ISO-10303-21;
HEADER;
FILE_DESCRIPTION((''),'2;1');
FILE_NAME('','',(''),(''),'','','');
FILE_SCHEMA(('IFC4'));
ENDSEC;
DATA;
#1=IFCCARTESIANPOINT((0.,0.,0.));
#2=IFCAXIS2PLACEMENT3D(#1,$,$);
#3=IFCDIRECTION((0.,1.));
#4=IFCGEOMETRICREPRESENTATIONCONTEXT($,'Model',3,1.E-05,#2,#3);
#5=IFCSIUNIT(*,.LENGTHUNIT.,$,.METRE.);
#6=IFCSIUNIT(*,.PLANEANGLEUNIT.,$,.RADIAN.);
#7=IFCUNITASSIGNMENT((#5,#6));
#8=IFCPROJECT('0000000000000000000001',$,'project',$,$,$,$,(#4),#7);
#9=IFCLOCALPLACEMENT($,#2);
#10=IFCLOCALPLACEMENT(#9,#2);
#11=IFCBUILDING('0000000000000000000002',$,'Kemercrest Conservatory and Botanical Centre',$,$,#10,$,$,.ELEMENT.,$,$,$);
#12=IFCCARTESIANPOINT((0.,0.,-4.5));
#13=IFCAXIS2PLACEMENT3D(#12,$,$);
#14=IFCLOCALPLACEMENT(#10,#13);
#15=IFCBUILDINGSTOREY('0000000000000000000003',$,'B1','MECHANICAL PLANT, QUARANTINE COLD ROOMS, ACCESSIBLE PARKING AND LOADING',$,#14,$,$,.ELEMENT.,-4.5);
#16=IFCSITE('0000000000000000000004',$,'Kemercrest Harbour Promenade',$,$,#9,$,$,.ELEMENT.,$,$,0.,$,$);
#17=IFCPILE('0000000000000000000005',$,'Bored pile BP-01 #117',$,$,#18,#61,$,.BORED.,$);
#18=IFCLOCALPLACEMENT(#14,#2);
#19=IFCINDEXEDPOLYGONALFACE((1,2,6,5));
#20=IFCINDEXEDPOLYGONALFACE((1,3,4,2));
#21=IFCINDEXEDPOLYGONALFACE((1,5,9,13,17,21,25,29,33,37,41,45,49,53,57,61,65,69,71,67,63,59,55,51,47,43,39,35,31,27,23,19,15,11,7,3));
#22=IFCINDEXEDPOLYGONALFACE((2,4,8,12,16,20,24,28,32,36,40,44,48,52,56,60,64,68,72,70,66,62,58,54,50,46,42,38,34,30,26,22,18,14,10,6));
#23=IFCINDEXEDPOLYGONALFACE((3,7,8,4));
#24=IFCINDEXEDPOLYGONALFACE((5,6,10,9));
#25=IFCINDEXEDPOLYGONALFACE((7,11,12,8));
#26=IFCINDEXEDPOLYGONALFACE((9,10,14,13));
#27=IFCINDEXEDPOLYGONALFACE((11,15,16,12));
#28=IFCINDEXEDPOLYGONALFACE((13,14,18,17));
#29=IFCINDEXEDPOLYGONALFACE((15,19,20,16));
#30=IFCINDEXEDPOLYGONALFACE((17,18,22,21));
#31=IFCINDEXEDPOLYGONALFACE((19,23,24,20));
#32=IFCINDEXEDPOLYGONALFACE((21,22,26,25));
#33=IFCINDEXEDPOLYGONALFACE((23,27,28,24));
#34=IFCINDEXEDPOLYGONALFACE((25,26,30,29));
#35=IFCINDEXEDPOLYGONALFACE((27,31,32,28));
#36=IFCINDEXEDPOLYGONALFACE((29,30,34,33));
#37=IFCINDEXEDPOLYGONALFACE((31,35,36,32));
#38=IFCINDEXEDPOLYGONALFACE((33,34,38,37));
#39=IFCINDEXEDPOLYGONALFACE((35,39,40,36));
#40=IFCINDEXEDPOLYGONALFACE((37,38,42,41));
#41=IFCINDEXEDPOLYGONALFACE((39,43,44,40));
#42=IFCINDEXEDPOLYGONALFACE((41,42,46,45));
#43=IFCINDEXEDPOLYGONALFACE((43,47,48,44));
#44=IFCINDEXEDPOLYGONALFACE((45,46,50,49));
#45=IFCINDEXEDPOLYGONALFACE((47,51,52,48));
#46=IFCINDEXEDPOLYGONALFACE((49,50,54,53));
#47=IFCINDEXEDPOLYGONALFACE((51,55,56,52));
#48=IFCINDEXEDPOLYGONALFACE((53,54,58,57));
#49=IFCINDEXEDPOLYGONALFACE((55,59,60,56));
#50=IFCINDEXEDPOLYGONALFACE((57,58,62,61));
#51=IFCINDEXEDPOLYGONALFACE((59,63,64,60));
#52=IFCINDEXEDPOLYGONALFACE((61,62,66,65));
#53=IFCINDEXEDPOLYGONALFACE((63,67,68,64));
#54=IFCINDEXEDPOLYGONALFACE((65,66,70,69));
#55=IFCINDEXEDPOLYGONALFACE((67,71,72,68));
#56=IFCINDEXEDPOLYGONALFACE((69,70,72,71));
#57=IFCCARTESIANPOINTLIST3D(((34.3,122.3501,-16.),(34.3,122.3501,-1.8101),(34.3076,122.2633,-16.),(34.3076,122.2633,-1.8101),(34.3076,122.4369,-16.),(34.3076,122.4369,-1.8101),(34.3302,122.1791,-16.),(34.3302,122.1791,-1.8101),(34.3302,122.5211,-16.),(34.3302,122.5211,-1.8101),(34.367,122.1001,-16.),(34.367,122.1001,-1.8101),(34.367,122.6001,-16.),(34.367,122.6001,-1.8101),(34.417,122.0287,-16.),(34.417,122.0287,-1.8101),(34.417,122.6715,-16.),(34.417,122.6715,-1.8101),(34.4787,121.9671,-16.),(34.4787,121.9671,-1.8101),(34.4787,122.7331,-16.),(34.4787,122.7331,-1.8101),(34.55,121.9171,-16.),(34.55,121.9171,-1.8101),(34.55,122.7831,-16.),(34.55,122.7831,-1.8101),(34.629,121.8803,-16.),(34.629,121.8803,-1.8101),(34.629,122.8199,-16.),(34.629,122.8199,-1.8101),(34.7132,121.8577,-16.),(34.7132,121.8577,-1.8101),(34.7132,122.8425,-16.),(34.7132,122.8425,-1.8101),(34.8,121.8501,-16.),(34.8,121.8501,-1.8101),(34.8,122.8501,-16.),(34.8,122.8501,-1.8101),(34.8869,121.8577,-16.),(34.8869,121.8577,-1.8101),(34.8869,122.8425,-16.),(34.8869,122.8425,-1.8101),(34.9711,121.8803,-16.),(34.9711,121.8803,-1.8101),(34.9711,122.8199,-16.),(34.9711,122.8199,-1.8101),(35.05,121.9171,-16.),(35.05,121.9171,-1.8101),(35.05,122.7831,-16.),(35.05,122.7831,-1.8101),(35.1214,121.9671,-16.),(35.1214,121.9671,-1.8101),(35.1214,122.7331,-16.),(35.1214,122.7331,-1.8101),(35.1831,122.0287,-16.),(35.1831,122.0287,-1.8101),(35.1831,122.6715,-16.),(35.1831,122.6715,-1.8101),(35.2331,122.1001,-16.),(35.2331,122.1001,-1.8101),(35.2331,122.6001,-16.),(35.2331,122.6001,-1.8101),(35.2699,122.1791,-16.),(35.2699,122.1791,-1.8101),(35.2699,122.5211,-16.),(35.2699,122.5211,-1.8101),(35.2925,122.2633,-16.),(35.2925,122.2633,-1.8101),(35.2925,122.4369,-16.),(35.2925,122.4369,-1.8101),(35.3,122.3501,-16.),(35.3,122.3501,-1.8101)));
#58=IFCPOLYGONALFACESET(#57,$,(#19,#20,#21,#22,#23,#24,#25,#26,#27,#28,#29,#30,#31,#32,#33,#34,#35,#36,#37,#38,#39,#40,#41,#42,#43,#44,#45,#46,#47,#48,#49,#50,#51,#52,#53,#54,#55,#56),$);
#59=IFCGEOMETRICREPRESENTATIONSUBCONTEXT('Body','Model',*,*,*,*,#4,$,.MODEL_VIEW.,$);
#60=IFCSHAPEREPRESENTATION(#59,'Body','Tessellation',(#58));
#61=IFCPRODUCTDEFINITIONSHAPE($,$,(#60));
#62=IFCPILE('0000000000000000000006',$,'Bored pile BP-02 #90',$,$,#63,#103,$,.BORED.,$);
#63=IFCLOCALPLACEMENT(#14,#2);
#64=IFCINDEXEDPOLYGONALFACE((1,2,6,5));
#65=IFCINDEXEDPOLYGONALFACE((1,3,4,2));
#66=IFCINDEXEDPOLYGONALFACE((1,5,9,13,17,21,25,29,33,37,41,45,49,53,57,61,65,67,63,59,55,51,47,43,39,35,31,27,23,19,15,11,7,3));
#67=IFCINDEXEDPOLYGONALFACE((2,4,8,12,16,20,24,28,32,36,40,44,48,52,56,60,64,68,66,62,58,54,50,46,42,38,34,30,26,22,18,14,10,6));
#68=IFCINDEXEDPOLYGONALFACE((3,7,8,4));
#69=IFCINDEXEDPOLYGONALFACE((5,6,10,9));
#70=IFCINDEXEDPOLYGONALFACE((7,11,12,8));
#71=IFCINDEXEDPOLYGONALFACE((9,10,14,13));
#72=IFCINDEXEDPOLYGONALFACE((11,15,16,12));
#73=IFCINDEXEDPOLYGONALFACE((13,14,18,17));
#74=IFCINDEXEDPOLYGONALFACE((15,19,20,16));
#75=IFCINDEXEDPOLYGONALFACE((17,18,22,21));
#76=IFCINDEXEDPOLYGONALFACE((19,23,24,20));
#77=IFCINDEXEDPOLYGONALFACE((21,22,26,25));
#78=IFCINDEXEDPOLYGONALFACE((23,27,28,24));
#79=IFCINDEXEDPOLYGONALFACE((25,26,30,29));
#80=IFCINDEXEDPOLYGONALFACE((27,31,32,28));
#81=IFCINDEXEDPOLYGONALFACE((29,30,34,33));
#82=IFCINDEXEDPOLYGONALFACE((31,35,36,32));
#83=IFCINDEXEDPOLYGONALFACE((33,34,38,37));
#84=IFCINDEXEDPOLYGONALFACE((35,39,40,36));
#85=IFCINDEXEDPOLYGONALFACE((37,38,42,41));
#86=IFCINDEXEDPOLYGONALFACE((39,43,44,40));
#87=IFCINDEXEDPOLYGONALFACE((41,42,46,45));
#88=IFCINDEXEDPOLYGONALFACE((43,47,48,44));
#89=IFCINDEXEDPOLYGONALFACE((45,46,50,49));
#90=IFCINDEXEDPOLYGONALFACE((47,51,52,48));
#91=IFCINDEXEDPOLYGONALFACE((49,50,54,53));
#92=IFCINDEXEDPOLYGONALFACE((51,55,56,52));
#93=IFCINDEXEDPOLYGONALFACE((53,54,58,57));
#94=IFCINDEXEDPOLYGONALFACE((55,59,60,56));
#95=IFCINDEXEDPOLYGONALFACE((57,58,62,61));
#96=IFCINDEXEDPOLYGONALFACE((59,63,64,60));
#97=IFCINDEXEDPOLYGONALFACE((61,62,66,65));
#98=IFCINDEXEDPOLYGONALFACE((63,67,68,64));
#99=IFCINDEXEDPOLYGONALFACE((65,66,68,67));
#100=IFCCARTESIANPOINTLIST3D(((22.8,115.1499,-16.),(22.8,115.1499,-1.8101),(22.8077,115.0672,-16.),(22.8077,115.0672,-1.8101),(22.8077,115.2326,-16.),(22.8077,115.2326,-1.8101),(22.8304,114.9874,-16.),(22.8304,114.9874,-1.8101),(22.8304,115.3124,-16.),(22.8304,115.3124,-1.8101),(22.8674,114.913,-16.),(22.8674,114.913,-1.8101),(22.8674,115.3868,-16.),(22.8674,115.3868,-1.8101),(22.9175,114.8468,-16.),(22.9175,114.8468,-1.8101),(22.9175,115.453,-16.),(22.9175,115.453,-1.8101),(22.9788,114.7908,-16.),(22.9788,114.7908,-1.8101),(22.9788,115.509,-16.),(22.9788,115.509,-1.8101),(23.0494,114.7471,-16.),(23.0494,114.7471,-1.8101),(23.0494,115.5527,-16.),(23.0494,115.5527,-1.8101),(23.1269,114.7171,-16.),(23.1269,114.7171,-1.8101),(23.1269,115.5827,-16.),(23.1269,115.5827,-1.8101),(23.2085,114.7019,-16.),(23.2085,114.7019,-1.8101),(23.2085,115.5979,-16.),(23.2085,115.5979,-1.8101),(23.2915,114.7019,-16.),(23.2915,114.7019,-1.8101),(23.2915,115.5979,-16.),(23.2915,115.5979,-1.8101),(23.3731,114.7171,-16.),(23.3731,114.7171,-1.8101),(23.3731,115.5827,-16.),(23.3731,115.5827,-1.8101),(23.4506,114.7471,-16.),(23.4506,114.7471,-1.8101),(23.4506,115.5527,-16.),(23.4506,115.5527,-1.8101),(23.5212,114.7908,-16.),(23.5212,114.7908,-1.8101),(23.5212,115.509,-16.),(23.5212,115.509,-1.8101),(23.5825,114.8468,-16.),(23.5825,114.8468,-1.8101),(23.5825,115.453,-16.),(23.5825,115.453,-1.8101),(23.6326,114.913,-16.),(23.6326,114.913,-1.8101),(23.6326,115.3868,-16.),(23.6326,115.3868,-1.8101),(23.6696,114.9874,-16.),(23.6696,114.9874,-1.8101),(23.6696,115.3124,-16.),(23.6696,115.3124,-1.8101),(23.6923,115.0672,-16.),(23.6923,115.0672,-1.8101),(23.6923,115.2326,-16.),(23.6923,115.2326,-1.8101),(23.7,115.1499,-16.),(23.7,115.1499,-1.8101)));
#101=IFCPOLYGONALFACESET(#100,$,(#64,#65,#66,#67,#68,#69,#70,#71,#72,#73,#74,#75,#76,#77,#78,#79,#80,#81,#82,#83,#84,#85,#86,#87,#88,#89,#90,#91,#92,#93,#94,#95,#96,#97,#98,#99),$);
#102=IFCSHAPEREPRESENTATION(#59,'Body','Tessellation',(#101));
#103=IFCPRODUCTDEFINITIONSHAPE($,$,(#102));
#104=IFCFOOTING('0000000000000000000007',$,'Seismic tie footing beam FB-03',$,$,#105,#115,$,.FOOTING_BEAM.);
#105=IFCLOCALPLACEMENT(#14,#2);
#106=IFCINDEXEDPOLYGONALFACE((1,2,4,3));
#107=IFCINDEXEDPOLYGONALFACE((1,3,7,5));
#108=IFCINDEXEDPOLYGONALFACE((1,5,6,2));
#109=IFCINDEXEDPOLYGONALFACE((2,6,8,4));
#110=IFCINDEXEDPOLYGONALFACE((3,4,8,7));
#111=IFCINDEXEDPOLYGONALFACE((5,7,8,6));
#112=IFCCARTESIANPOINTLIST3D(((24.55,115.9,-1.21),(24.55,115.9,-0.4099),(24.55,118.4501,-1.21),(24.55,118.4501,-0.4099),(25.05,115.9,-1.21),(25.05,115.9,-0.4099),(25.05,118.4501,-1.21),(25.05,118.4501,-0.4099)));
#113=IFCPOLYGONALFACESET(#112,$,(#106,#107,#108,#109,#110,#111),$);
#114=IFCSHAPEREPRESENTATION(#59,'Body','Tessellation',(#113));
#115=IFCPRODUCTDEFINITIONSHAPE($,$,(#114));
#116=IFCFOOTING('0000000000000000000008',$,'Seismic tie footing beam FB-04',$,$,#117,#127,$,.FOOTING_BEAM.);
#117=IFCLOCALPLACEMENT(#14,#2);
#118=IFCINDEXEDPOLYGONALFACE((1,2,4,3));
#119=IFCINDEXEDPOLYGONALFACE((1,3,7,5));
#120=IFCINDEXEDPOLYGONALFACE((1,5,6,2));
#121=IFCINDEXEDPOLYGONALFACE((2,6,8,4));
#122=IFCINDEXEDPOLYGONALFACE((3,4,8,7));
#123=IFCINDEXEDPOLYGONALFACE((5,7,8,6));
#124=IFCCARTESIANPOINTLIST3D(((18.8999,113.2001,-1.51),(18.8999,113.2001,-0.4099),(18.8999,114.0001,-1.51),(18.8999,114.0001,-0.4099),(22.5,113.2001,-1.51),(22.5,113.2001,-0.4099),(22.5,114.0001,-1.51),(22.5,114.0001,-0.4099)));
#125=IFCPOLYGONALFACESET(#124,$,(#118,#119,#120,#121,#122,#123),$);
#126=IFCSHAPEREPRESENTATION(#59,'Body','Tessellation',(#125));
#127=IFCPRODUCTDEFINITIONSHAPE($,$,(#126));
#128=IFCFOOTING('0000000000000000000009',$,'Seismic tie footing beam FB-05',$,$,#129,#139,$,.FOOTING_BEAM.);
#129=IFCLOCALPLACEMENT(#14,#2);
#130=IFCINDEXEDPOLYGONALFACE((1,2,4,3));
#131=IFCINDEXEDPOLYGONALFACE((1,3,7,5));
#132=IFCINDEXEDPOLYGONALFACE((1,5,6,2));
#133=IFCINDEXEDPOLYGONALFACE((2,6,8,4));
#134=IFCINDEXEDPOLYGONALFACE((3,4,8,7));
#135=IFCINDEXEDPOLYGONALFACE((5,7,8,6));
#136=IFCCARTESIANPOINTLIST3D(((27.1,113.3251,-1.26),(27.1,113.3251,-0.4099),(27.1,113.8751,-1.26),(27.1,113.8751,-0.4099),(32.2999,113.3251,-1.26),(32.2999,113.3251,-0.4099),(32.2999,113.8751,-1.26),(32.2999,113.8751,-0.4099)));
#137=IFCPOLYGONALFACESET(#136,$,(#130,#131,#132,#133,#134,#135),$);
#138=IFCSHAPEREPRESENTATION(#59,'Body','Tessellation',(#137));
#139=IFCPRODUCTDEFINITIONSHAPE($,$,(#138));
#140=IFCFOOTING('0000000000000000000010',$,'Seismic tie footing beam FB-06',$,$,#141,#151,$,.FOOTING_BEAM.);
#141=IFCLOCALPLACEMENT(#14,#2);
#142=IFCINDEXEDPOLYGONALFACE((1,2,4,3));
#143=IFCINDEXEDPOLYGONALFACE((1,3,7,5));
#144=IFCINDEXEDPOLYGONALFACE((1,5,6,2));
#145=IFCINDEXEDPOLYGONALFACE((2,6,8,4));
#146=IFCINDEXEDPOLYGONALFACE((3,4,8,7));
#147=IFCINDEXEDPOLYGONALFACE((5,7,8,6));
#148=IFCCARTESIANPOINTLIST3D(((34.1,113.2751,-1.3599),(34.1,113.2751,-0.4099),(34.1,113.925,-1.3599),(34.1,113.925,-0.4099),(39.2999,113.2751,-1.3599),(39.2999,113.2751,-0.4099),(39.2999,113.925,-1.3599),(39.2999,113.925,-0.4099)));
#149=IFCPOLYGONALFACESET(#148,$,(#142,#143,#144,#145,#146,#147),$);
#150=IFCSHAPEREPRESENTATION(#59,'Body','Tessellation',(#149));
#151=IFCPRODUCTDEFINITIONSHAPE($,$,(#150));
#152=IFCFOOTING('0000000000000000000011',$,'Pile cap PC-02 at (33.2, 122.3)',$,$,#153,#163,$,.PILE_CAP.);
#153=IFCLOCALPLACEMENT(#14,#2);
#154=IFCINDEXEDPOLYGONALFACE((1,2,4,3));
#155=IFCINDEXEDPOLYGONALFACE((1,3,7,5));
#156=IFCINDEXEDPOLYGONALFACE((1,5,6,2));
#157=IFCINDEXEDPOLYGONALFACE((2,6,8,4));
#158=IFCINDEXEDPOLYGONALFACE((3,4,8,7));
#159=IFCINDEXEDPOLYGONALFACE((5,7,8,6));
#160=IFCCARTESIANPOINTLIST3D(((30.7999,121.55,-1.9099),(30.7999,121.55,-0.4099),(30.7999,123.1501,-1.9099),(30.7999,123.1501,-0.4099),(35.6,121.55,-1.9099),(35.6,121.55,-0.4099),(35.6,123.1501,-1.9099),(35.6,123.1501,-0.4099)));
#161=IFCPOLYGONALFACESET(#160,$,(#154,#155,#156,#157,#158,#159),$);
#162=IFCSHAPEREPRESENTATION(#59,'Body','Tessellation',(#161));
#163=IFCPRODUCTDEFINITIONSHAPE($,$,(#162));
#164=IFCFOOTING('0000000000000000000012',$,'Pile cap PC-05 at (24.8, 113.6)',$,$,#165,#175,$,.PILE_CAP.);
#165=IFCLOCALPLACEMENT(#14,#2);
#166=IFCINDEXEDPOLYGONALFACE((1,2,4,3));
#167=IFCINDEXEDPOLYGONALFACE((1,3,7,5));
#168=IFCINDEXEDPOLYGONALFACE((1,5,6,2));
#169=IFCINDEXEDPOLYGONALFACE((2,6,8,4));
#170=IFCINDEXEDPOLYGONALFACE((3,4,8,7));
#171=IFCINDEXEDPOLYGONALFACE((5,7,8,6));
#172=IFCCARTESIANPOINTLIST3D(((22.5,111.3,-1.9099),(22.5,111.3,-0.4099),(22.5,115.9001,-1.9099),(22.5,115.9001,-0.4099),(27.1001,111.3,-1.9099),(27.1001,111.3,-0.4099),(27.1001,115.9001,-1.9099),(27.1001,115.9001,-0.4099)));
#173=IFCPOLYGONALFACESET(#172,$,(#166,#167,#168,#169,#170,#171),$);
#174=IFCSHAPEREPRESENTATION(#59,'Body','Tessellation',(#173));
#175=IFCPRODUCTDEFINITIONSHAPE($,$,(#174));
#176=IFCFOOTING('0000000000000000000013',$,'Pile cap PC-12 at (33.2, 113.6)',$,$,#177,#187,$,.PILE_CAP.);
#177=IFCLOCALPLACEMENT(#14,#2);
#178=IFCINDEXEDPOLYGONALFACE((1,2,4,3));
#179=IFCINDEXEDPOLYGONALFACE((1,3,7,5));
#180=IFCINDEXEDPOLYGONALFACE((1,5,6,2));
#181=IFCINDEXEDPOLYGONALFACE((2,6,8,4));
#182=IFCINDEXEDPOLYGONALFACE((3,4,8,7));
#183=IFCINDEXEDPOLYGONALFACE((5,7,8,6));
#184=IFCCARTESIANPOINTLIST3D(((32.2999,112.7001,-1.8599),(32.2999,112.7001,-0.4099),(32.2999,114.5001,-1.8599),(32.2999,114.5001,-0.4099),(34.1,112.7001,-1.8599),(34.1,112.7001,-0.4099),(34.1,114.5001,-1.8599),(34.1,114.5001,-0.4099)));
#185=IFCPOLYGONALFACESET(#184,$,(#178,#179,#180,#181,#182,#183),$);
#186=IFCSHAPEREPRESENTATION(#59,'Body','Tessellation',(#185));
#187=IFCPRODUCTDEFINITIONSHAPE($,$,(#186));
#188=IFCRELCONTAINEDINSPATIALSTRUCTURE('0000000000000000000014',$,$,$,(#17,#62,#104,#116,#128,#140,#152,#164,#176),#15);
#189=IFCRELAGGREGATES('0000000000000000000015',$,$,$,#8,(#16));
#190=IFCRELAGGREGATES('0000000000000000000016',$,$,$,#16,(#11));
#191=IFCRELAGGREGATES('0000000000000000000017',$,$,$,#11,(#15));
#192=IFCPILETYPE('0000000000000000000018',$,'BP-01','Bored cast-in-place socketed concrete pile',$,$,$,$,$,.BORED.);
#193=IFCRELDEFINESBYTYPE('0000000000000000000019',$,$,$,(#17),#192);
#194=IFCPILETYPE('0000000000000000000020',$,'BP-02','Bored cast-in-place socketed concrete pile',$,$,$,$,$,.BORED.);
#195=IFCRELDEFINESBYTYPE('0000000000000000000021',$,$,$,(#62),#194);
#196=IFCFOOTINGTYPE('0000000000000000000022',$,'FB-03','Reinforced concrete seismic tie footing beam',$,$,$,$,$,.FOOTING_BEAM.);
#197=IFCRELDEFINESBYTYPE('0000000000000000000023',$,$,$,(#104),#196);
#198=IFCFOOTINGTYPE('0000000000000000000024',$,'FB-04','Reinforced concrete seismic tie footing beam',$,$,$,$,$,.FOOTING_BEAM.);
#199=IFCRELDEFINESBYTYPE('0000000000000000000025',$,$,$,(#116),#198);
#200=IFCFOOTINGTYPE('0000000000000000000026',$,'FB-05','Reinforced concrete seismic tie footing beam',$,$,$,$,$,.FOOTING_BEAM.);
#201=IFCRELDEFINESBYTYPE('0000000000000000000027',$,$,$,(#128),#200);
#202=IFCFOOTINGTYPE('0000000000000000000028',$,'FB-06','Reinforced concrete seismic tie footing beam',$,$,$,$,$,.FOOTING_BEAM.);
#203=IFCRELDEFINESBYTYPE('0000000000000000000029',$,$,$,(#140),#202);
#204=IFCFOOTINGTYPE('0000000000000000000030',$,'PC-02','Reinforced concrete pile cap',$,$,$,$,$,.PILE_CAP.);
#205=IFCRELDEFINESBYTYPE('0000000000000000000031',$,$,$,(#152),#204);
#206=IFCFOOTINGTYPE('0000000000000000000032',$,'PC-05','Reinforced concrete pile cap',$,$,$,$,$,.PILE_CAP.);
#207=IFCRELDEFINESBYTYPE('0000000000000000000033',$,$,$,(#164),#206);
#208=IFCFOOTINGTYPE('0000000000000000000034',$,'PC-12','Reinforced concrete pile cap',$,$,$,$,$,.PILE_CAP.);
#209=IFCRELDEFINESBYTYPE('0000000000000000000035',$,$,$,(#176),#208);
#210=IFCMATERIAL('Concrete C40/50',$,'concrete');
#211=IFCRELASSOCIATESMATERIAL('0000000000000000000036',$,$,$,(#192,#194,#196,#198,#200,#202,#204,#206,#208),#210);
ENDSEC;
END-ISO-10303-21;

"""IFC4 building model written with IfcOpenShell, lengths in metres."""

from ifc_helpers import new_model, si_unit, direction, frame, origin, origin_2d, place, context, subcontext, project, spatial, rectangle, circle, extrude, material, material_profile, profile_set, type_object, element, save


model = new_model("IFC4")

# Units and contexts
model_context = context("Model", 3, precision=1e-05, world=origin(), true_north=direction((0.0, 1.0)))
body_context = subcontext(model_context, "Body", "Model", "MODEL_VIEW")
ifc_project = project(units=[si_unit("LENGTHUNIT", "METRE"), si_unit("PLANEANGLEUNIT", "RADIAN")], contexts=[model_context])

# Site, building, storey
site_placement = place(None, origin())
site = spatial("IfcSite", under=ifc_project, at=site_placement, Name="Kemercrest Harbour Promenade", CompositionType="ELEMENT", RefElevation=0.0)
building_placement = place(site_placement, origin())
building = spatial("IfcBuilding", under=site, at=building_placement, Name="Kemercrest Conservatory and Botanical Centre", CompositionType="ELEMENT")
storey_placement = place(building_placement, frame((0.0, 0.0, -4.5)))
storey = spatial("IfcBuildingStorey", under=building, at=storey_placement, Name="B1", Description="MECHANICAL PLANT, QUARANTINE COLD ROOMS, ACCESSIBLE PARKING AND LOADING", CompositionType="ELEMENT", Elevation=-4.5)

# Piles
ifc_material_1 = material(Name="Concrete C40/50", Category="concrete")
ifc_material_profile_1 = material_profile(ifc_material_1, circle(Radius=0.5, at=origin_2d()), Name="BORED PILE 1000")
ifc_profile_set_1 = profile_set([ifc_material_profile_1], Name="Concrete C40/50")
pile_type_1 = type_object("IfcPileType", Name="BP-01", Description="Bored cast-in-place socketed concrete pile", PredefinedType="BORED", material=ifc_profile_set_1)
for number, where, z_axis, x_axis, name in (
    (1, (34.8, 122.3501, -1.8101), (0.0, 0.0, -1.0), (1.0, 0.0, 0.0), "Bored pile BP-01 #117"),
):
    element("IfcPile", number, at=place(storey_placement, frame(where, z_axis=z_axis, x_axis=x_axis)), inside=storey, type_object=pile_type_1, Name=name, PredefinedType="BORED", context=body_context, shape_type="SweptSolid", body=[
        extrude(circle(Radius=0.5, at=origin_2d()), origin(), (0.0, 0.0, 1.0), 14.1899),
    ])
ifc_material_profile_2 = material_profile(ifc_material_1, circle(Radius=0.45, at=origin_2d()), Name="BORED PILE 900")
ifc_profile_set_2 = profile_set([ifc_material_profile_2], Name="Concrete C40/50")
pile_type_2 = type_object("IfcPileType", Name="BP-02", Description="Bored cast-in-place socketed concrete pile", PredefinedType="BORED", material=ifc_profile_set_2)
pile_1_placement = place(storey_placement, frame((23.25, 115.1499, -1.8101), z_axis=(0.0, 0.0, -1.0), x_axis=(1.0, 0.0, 0.0)))
element("IfcPile", 2, at=pile_1_placement, inside=storey, type_object=pile_type_2, Name="Bored pile BP-02 #90", PredefinedType="BORED", context=body_context, shape_type="SweptSolid", body=[
    extrude(circle(Radius=0.45, at=origin_2d()), origin(), (0.0, 0.0, 1.0), 14.1899),
])

# Footings
footing_type_1 = type_object("IfcFootingType", Name="FB-03", Description="Reinforced concrete seismic tie footing beam", PredefinedType="FOOTING_BEAM", material=ifc_material_1)
footing_1_placement = place(storey_placement, frame((24.8, 117.175, -1.21), z_axis=(0.0, 0.0, 1.0), x_axis=(1.0, 0.0, 0.0)))
element("IfcFooting", 3, at=footing_1_placement, inside=storey, type_object=footing_type_1, Name="Seismic tie footing beam FB-03", PredefinedType="FOOTING_BEAM", context=body_context, shape_type="SweptSolid", body=[
    extrude(rectangle(XDim=0.5, YDim=2.55, at=origin_2d()), origin(), (0.0, 0.0, 1.0), 0.8),
])
footing_type_2 = type_object("IfcFootingType", Name="FB-04", Description="Reinforced concrete seismic tie footing beam", PredefinedType="FOOTING_BEAM", material=ifc_material_1)
footing_2_placement = place(storey_placement, frame((20.7, 113.6001, -1.51), z_axis=(0.0, 0.0, 1.0), x_axis=(1.0, 0.0, 0.0)))
element("IfcFooting", 4, at=footing_2_placement, inside=storey, type_object=footing_type_2, Name="Seismic tie footing beam FB-04", PredefinedType="FOOTING_BEAM", context=body_context, shape_type="SweptSolid", body=[
    extrude(rectangle(XDim=3.6001, YDim=0.8, at=origin_2d()), origin(), (0.0, 0.0, 1.0), 1.1001),
])
footing_type_3 = type_object("IfcFootingType", Name="FB-05", Description="Reinforced concrete seismic tie footing beam", PredefinedType="FOOTING_BEAM", material=ifc_material_1)
footing_3_placement = place(storey_placement, frame((29.7, 113.6001, -1.26), z_axis=(0.0, 0.0, 1.0), x_axis=(1.0, 0.0, 0.0)))
element("IfcFooting", 5, at=footing_3_placement, inside=storey, type_object=footing_type_3, Name="Seismic tie footing beam FB-05", PredefinedType="FOOTING_BEAM", context=body_context, shape_type="SweptSolid", body=[
    extrude(rectangle(XDim=5.2, YDim=0.55, at=origin_2d()), origin(), (0.0, 0.0, 1.0), 0.8501),
])
footing_type_4 = type_object("IfcFootingType", Name="FB-06", Description="Reinforced concrete seismic tie footing beam", PredefinedType="FOOTING_BEAM", material=ifc_material_1)
footing_4_placement = place(storey_placement, frame((36.7, 113.6001, -1.3599), z_axis=(0.0, 0.0, 1.0), x_axis=(1.0, 0.0, 0.0)))
element("IfcFooting", 6, at=footing_4_placement, inside=storey, type_object=footing_type_4, Name="Seismic tie footing beam FB-06", PredefinedType="FOOTING_BEAM", context=body_context, shape_type="SweptSolid", body=[
    extrude(rectangle(XDim=5.2, YDim=0.6499, at=origin_2d()), origin(), (0.0, 0.0, 1.0), 0.95),
])
footing_type_5 = type_object("IfcFootingType", Name="PC-02", Description="Reinforced concrete pile cap", PredefinedType="PILE_CAP", material=ifc_material_1)
footing_5_placement = place(storey_placement, frame((33.2, 122.3501, -1.9099), z_axis=(0.0, 0.0, 1.0), x_axis=(1.0, 0.0, 0.0)))
element("IfcFooting", 7, at=footing_5_placement, inside=storey, type_object=footing_type_5, Name="Pile cap PC-02 at (33.2, 122.3)", PredefinedType="PILE_CAP", context=body_context, shape_type="SweptSolid", body=[
    extrude(rectangle(XDim=4.8, YDim=1.6001, at=origin_2d()), origin(), (0.0, 0.0, 1.0), 1.5),
])
footing_type_6 = type_object("IfcFootingType", Name="PC-05", Description="Reinforced concrete pile cap", PredefinedType="PILE_CAP", material=ifc_material_1)
footing_6_placement = place(storey_placement, frame((24.8, 113.6001, -1.9099), z_axis=(0.0, 0.0, 1.0), x_axis=(1.0, 0.0, 0.0)))
element("IfcFooting", 8, at=footing_6_placement, inside=storey, type_object=footing_type_6, Name="Pile cap PC-05 at (24.8, 113.6)", PredefinedType="PILE_CAP", context=body_context, shape_type="SweptSolid", body=[
    extrude(rectangle(XDim=4.6001, YDim=4.6001, at=origin_2d()), origin(), (0.0, 0.0, 1.0), 1.5),
])
footing_type_7 = type_object("IfcFootingType", Name="PC-12", Description="Reinforced concrete pile cap", PredefinedType="PILE_CAP", material=ifc_material_1)
footing_7_placement = place(storey_placement, frame((33.2, 113.6001, -1.8599), z_axis=(0.0, 0.0, 1.0), x_axis=(1.0, 0.0, 0.0)))
element("IfcFooting", 9, at=footing_7_placement, inside=storey, type_object=footing_type_7, Name="Pile cap PC-12 at (33.2, 113.6)", PredefinedType="PILE_CAP", context=body_context, shape_type="SweptSolid", body=[
    extrude(rectangle(XDim=1.8, YDim=1.8, at=origin_2d()), origin(), (0.0, 0.0, 1.0), 1.45),
])

save(model, "model.ifc")
